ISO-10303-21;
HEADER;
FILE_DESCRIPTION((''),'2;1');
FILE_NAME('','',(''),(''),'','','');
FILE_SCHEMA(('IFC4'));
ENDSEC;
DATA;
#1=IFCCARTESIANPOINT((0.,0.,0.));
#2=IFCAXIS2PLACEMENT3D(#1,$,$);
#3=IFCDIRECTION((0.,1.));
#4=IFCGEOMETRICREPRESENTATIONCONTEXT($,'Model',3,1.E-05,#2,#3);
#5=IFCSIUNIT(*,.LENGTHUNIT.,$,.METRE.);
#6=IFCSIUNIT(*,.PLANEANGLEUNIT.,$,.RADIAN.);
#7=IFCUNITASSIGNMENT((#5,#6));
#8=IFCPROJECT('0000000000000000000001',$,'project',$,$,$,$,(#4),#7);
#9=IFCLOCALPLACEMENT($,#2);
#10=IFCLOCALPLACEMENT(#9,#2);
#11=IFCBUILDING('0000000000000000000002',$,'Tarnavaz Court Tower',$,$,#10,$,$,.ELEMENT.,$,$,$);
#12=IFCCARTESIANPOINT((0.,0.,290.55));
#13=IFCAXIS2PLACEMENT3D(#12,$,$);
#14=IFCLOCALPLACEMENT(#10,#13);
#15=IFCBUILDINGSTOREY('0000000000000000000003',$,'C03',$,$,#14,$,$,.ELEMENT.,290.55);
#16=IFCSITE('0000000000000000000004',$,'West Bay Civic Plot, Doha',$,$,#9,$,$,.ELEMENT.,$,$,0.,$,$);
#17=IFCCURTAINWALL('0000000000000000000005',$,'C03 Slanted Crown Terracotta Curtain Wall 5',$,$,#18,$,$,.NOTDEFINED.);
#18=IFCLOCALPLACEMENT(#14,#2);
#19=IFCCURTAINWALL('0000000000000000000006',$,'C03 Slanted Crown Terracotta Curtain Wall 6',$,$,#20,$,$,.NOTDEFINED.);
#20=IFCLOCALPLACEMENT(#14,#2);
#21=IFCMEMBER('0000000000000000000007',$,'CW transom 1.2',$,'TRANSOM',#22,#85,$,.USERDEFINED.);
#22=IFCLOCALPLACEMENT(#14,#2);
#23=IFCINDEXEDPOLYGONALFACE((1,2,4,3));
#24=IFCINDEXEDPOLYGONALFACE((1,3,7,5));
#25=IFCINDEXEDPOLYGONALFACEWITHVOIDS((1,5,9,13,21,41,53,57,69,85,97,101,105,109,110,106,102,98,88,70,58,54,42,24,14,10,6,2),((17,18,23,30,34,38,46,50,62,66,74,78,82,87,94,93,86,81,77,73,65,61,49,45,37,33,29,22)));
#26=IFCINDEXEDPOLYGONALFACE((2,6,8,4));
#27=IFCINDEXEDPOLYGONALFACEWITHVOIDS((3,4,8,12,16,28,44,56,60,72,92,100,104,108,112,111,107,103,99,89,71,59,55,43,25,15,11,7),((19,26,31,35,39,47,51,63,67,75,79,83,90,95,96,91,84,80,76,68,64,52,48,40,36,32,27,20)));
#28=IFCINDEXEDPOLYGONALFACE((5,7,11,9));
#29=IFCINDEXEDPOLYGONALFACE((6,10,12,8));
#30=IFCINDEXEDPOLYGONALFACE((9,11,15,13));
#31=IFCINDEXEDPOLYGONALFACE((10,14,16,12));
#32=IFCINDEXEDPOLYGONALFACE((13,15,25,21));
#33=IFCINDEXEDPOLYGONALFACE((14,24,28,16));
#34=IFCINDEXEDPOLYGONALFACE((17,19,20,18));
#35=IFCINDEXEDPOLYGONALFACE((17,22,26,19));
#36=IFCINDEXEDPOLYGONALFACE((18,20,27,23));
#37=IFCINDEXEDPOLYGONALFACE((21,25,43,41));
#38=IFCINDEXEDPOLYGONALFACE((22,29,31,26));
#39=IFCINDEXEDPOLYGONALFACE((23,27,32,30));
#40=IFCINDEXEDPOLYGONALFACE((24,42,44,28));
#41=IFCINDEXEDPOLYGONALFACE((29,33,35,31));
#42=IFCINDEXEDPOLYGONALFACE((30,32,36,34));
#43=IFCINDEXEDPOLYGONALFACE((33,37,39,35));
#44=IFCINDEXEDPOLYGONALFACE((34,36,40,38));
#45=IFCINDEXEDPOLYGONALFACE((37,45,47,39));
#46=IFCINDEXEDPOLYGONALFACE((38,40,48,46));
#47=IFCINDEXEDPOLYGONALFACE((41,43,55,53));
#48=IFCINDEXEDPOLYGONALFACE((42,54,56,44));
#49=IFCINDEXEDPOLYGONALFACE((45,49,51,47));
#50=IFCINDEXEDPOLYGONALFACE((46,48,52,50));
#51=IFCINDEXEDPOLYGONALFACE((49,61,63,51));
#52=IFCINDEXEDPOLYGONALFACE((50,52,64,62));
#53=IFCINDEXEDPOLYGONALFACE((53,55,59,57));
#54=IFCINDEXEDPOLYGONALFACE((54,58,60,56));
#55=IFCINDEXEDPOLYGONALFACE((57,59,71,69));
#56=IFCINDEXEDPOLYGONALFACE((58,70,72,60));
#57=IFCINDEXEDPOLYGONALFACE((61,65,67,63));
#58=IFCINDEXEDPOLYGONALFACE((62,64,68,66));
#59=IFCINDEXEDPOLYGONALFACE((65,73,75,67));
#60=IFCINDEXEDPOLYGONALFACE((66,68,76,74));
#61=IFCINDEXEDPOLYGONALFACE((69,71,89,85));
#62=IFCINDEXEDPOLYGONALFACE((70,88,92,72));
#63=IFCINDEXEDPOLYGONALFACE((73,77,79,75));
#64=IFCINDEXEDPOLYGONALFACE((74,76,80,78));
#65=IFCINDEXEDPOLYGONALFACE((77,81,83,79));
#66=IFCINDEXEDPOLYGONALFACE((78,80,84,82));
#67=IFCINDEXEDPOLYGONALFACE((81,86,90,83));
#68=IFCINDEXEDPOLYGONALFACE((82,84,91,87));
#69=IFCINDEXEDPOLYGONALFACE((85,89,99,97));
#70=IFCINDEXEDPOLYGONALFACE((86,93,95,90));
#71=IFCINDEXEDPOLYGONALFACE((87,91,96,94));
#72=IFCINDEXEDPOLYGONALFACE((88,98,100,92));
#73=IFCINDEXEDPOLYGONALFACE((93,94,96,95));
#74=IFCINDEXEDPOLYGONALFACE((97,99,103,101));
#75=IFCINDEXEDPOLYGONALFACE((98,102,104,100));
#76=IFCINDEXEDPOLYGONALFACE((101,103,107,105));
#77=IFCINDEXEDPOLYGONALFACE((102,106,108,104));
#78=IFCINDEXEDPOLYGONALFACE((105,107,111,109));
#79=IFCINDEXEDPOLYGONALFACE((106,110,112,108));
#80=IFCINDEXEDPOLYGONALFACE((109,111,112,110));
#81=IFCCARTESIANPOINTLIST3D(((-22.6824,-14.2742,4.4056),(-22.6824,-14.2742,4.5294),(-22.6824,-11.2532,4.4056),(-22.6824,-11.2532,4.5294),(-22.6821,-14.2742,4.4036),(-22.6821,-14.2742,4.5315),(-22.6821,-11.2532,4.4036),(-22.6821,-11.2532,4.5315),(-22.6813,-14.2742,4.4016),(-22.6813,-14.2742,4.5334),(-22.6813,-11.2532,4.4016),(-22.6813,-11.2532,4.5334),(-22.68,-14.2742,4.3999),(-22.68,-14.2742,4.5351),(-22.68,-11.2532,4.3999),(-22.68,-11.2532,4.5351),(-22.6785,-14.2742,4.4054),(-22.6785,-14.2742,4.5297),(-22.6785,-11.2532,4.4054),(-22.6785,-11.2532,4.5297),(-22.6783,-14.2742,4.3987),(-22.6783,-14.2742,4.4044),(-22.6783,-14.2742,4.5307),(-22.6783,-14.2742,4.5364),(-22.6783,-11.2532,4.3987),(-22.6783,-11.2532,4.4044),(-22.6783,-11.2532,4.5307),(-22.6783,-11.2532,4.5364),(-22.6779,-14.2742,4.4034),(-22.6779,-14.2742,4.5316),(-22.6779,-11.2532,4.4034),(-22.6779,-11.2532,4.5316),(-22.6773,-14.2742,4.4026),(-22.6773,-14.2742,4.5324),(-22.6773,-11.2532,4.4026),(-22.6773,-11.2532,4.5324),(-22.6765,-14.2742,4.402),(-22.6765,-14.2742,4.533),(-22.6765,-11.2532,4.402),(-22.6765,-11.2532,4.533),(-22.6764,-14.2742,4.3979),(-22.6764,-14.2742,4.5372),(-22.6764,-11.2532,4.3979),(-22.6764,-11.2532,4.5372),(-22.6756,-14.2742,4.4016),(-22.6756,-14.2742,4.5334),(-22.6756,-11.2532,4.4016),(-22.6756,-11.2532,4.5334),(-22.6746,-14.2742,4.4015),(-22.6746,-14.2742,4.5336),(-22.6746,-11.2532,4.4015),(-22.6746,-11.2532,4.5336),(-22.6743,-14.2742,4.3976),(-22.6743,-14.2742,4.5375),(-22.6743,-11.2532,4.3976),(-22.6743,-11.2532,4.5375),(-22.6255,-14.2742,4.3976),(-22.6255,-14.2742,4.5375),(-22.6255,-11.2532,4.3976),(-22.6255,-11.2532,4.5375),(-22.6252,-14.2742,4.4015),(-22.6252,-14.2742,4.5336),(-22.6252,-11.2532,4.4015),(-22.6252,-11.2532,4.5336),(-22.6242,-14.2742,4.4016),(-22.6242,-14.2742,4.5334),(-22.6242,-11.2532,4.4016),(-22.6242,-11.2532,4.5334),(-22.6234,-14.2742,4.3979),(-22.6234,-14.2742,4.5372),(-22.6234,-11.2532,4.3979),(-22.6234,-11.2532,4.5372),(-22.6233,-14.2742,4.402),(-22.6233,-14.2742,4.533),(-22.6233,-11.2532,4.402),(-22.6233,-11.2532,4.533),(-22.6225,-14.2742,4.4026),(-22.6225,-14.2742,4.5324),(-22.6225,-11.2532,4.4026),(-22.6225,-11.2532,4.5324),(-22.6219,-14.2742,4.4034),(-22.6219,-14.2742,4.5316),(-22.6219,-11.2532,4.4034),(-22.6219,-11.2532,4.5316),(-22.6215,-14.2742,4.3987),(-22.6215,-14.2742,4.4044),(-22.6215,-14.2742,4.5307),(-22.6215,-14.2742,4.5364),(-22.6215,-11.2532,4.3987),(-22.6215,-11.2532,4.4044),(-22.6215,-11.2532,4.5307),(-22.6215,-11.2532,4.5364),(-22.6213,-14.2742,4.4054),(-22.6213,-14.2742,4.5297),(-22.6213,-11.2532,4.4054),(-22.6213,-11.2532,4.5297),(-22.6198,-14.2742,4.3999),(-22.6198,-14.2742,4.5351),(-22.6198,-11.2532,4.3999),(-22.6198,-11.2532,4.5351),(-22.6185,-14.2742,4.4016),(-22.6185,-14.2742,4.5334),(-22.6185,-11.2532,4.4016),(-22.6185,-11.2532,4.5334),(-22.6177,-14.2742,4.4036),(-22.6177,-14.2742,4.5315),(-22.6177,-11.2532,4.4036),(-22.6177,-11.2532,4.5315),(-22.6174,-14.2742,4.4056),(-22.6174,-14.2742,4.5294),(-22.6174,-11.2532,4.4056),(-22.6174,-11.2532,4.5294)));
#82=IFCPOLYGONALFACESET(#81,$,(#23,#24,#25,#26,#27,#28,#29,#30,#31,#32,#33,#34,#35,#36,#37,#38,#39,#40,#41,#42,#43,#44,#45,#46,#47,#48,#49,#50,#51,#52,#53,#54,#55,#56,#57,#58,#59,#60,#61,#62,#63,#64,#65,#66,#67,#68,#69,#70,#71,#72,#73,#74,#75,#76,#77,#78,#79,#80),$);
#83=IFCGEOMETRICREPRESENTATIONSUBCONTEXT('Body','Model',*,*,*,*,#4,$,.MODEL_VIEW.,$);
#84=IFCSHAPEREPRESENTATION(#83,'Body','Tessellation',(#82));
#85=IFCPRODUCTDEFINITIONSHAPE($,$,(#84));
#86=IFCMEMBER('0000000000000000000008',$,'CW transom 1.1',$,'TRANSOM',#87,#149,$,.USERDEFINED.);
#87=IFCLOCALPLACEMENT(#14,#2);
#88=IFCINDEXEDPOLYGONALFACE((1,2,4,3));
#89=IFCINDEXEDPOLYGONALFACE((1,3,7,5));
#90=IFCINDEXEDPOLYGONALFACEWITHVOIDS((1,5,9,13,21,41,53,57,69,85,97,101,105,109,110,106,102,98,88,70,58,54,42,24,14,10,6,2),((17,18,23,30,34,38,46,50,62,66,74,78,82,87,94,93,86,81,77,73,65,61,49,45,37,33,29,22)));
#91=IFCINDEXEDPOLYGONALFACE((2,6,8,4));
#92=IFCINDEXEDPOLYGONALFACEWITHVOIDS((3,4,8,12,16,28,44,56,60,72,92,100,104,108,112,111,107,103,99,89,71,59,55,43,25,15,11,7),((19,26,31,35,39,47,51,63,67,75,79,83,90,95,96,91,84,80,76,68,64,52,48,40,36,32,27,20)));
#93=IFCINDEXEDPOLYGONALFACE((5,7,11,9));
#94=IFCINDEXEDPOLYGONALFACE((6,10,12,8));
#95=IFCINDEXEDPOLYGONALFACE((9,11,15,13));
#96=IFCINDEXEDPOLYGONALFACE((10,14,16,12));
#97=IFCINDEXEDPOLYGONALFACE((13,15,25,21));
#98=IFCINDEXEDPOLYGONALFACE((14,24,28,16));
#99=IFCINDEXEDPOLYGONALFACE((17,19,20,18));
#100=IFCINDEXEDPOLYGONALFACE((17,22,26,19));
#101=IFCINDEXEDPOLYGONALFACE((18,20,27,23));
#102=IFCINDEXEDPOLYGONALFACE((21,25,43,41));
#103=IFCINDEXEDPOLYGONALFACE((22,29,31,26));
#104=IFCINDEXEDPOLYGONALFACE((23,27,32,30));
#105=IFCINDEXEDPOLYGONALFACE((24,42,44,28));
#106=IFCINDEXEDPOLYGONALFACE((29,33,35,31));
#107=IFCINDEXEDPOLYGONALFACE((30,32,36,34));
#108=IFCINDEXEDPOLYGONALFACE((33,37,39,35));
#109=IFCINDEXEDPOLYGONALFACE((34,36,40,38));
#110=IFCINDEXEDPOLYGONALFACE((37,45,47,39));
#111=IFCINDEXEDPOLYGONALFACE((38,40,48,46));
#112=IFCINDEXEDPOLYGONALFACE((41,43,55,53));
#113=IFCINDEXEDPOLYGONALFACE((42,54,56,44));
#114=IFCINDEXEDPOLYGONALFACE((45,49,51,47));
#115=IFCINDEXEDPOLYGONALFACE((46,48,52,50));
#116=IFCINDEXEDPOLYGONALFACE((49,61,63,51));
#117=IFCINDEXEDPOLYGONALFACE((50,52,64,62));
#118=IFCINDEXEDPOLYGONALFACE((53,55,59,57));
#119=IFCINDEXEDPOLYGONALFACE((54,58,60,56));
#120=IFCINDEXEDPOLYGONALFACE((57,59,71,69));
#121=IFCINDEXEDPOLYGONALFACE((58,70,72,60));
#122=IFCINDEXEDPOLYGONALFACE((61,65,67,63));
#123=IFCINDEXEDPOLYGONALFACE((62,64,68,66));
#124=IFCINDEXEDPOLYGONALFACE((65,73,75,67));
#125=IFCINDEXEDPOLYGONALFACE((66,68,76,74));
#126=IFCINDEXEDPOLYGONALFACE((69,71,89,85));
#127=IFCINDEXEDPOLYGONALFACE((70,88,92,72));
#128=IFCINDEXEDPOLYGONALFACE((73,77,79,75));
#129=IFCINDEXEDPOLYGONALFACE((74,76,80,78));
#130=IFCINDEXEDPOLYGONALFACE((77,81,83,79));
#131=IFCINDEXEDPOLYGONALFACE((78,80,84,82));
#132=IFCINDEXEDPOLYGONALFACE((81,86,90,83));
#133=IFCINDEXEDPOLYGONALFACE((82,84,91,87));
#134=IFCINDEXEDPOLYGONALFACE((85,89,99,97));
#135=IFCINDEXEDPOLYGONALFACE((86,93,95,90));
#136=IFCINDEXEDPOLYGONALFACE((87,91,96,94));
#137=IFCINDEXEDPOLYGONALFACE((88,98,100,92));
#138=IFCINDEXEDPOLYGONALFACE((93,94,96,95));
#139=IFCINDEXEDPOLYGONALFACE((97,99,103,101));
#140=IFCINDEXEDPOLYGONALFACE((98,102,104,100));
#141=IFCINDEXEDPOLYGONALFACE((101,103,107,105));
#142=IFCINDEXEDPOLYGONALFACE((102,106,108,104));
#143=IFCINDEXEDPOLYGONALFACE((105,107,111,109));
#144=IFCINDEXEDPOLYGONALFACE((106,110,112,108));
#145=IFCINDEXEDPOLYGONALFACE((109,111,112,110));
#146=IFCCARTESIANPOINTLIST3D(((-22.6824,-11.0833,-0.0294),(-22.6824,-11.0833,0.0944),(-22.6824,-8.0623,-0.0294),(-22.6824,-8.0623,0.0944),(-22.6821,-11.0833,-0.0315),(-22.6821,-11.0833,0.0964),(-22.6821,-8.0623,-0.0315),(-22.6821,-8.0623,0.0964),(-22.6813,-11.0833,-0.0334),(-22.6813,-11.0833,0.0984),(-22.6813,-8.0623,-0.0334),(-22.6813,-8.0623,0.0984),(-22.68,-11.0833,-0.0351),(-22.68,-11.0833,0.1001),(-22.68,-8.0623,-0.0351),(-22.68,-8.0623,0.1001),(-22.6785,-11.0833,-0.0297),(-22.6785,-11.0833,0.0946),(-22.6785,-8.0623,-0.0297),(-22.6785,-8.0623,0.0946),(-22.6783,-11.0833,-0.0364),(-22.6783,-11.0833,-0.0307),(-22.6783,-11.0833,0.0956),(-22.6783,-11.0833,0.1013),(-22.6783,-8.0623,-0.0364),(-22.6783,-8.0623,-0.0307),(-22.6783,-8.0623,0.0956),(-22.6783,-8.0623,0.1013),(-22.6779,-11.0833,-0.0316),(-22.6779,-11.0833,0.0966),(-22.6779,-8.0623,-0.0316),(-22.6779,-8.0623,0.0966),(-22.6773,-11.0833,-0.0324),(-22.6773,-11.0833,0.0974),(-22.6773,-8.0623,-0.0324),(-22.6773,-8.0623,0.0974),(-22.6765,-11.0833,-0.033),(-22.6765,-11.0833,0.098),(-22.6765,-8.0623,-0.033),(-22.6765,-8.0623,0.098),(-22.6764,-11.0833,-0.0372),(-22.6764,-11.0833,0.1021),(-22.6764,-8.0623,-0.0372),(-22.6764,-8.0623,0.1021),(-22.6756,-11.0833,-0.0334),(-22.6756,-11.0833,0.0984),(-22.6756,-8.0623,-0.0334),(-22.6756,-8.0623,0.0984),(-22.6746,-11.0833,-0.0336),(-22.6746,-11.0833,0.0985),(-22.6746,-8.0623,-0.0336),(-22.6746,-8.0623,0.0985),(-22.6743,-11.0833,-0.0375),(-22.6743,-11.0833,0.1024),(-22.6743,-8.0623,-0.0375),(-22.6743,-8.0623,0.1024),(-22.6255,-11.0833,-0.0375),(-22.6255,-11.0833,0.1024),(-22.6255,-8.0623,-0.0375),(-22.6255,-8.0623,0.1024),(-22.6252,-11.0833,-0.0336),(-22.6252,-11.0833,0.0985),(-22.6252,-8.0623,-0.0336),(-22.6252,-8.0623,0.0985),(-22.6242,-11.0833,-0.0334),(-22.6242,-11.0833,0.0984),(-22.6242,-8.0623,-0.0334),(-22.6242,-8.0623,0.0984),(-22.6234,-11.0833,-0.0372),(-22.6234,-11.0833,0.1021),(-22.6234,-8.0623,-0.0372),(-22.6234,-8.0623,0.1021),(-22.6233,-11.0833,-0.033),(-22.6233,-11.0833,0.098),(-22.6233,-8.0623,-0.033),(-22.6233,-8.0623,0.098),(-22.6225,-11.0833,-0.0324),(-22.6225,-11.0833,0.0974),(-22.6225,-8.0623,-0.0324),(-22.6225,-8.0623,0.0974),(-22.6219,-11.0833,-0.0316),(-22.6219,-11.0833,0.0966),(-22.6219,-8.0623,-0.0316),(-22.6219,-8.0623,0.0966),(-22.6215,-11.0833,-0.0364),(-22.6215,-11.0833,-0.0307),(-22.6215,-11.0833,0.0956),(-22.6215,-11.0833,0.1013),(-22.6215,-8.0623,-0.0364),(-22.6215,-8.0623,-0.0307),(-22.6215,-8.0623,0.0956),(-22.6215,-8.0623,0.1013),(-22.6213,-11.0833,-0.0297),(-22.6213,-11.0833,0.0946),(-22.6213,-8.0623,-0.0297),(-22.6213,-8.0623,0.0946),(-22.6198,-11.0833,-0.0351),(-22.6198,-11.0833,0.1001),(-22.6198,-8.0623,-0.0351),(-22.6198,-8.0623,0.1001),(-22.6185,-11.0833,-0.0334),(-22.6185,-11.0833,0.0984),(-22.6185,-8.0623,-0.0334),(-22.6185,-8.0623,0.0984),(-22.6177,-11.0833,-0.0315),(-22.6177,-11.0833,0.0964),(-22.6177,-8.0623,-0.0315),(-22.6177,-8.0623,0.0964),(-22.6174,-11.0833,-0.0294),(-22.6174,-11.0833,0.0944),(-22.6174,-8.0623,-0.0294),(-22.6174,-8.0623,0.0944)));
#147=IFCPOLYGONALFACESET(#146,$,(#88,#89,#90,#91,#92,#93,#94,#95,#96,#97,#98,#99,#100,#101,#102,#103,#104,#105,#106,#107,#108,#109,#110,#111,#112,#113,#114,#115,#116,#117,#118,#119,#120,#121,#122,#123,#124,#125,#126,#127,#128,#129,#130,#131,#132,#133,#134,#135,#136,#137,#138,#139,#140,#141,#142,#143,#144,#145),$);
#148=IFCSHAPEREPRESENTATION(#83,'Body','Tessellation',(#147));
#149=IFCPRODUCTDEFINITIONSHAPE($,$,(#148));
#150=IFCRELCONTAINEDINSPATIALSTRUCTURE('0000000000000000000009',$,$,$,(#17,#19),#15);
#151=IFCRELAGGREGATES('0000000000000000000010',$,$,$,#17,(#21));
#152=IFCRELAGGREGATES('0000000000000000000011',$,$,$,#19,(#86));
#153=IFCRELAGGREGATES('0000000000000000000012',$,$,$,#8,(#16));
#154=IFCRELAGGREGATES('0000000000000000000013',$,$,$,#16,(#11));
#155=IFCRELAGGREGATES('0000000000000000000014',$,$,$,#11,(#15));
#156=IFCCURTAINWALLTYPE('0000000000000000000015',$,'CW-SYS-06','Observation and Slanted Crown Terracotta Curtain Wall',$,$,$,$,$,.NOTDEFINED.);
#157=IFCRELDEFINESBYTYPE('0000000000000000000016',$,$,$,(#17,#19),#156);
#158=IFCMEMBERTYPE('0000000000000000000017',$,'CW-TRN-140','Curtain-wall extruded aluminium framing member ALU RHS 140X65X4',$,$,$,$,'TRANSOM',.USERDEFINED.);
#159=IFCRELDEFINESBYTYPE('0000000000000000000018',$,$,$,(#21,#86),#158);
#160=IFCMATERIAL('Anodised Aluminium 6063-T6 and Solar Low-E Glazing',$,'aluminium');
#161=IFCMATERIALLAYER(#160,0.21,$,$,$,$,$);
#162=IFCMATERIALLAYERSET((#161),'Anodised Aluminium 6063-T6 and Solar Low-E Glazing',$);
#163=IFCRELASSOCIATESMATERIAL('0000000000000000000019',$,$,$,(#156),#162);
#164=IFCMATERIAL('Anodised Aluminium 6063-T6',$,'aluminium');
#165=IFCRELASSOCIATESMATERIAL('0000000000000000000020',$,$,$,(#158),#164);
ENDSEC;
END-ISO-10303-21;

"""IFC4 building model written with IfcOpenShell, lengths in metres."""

from ifc_helpers import new_model, si_unit, direction, frame, origin, origin_2d, place, context, subcontext, project, spatial, hollow_rectangle, extrude, material, layer, layer_set, material_profile, profile_set, type_object, element, aggregate, save


model = new_model("IFC4")

# Units and contexts
model_context = context("Model", 3, precision=1e-05, world=origin(), true_north=direction((0.0, 1.0)))
body_context = subcontext(model_context, "Body", "Model", "MODEL_VIEW")
ifc_project = project(units=[si_unit("LENGTHUNIT", "METRE"), si_unit("PLANEANGLEUNIT", "RADIAN")], contexts=[model_context])

# Site, building, storey
site_placement = place(None, origin())
site = spatial("IfcSite", under=ifc_project, at=site_placement, Name="West Bay Civic Plot, Doha", CompositionType="ELEMENT", RefElevation=0.0)
building_placement = place(site_placement, origin())
building = spatial("IfcBuilding", under=site, at=building_placement, Name="Tarnavaz Court Tower", CompositionType="ELEMENT")
storey_placement = place(building_placement, frame((0.0, 0.0, 290.55)))
storey = spatial("IfcBuildingStorey", under=building, at=storey_placement, Name="C03", CompositionType="ELEMENT", Elevation=290.55)

# Curtain walls
ifc_material_1 = material(Name="Anodised Aluminium 6063-T6 and Solar Low-E Glazing", Category="aluminium")
ifc_layer_1 = layer(ifc_material_1, 0.21)
ifc_layer_set_1 = layer_set([ifc_layer_1], Name="Anodised Aluminium 6063-T6 and Solar Low-E Glazing")
curtain_wall_type = type_object("IfcCurtainWallType", Name="CW-SYS-06", Description="Observation and Slanted Crown Terracotta Curtain Wall", PredefinedType="NOTDEFINED", material=ifc_layer_set_1)
curtain_wall_1_placement = place(storey_placement, origin())
curtain_wall_1 = element("IfcCurtainWall", 1, at=curtain_wall_1_placement, inside=storey, type_object=curtain_wall_type, Name="C03 Slanted Crown Terracotta Curtain Wall 5", PredefinedType="NOTDEFINED")
ifc_material_2 = material(Name="Anodised Aluminium 6063-T6", Category="aluminium")
curtain_wall_2_placement = place(storey_placement, origin())
curtain_wall_2 = element("IfcCurtainWall", 2, at=curtain_wall_2_placement, inside=storey, type_object=curtain_wall_type, Name="C03 Slanted Crown Terracotta Curtain Wall 6", PredefinedType="NOTDEFINED")

# Members
ifc_material_profile_1 = material_profile(ifc_material_2, hollow_rectangle(XDim=0.0649, YDim=0.1399, WallThickness=0.0039, InnerFilletRadius=0.0039, OuterFilletRadius=0.0081, at=origin_2d()), Name="ALU RHS 140X65X4")
ifc_profile_set_1 = profile_set([ifc_material_profile_1], Name="Anodised Aluminium 6063-T6")
member_type_1 = type_object("IfcMemberType", Name="CW-TRN-140", Description="Curtain-wall extruded aluminium framing member ALU RHS 140X65X4", ElementType="TRANSOM", PredefinedType="USERDEFINED", material=ifc_profile_set_1)
member_1_placement = place(storey_placement, frame((-22.6499, -14.2742, 4.4675), z_axis=(0.0, 1.0, 0.0), x_axis=(-1.0, 0.0, 0.0)))
member_1 = element("IfcMember", 3, at=member_1_placement, type_object=member_type_1, Name="CW transom 1.2", ObjectType="TRANSOM", PredefinedType="USERDEFINED", context=body_context, shape_type="SweptSolid", body=[
    extrude(hollow_rectangle(XDim=0.0649, YDim=0.1399, WallThickness=0.0039, InnerFilletRadius=0.0039, OuterFilletRadius=0.0081, at=origin_2d()), origin(), (0.0, 0.0, 1.0), 3.021),
])
member_2_placement = place(storey_placement, frame((-22.6499, -11.0833, 0.0325), z_axis=(0.0, 1.0, 0.0), x_axis=(-1.0, 0.0, 0.0)))
member_2 = element("IfcMember", 4, at=member_2_placement, type_object=member_type_1, Name="CW transom 1.1", ObjectType="TRANSOM", PredefinedType="USERDEFINED", context=body_context, shape_type="SweptSolid", body=[
    extrude(hollow_rectangle(XDim=0.0649, YDim=0.1399, WallThickness=0.0039, InnerFilletRadius=0.0039, OuterFilletRadius=0.0081, at=origin_2d()), origin(), (0.0, 0.0, 1.0), 3.021),
])

aggregate(curtain_wall_1, [member_1])
aggregate(curtain_wall_2, [member_2])

save(model, "model.ifc")
